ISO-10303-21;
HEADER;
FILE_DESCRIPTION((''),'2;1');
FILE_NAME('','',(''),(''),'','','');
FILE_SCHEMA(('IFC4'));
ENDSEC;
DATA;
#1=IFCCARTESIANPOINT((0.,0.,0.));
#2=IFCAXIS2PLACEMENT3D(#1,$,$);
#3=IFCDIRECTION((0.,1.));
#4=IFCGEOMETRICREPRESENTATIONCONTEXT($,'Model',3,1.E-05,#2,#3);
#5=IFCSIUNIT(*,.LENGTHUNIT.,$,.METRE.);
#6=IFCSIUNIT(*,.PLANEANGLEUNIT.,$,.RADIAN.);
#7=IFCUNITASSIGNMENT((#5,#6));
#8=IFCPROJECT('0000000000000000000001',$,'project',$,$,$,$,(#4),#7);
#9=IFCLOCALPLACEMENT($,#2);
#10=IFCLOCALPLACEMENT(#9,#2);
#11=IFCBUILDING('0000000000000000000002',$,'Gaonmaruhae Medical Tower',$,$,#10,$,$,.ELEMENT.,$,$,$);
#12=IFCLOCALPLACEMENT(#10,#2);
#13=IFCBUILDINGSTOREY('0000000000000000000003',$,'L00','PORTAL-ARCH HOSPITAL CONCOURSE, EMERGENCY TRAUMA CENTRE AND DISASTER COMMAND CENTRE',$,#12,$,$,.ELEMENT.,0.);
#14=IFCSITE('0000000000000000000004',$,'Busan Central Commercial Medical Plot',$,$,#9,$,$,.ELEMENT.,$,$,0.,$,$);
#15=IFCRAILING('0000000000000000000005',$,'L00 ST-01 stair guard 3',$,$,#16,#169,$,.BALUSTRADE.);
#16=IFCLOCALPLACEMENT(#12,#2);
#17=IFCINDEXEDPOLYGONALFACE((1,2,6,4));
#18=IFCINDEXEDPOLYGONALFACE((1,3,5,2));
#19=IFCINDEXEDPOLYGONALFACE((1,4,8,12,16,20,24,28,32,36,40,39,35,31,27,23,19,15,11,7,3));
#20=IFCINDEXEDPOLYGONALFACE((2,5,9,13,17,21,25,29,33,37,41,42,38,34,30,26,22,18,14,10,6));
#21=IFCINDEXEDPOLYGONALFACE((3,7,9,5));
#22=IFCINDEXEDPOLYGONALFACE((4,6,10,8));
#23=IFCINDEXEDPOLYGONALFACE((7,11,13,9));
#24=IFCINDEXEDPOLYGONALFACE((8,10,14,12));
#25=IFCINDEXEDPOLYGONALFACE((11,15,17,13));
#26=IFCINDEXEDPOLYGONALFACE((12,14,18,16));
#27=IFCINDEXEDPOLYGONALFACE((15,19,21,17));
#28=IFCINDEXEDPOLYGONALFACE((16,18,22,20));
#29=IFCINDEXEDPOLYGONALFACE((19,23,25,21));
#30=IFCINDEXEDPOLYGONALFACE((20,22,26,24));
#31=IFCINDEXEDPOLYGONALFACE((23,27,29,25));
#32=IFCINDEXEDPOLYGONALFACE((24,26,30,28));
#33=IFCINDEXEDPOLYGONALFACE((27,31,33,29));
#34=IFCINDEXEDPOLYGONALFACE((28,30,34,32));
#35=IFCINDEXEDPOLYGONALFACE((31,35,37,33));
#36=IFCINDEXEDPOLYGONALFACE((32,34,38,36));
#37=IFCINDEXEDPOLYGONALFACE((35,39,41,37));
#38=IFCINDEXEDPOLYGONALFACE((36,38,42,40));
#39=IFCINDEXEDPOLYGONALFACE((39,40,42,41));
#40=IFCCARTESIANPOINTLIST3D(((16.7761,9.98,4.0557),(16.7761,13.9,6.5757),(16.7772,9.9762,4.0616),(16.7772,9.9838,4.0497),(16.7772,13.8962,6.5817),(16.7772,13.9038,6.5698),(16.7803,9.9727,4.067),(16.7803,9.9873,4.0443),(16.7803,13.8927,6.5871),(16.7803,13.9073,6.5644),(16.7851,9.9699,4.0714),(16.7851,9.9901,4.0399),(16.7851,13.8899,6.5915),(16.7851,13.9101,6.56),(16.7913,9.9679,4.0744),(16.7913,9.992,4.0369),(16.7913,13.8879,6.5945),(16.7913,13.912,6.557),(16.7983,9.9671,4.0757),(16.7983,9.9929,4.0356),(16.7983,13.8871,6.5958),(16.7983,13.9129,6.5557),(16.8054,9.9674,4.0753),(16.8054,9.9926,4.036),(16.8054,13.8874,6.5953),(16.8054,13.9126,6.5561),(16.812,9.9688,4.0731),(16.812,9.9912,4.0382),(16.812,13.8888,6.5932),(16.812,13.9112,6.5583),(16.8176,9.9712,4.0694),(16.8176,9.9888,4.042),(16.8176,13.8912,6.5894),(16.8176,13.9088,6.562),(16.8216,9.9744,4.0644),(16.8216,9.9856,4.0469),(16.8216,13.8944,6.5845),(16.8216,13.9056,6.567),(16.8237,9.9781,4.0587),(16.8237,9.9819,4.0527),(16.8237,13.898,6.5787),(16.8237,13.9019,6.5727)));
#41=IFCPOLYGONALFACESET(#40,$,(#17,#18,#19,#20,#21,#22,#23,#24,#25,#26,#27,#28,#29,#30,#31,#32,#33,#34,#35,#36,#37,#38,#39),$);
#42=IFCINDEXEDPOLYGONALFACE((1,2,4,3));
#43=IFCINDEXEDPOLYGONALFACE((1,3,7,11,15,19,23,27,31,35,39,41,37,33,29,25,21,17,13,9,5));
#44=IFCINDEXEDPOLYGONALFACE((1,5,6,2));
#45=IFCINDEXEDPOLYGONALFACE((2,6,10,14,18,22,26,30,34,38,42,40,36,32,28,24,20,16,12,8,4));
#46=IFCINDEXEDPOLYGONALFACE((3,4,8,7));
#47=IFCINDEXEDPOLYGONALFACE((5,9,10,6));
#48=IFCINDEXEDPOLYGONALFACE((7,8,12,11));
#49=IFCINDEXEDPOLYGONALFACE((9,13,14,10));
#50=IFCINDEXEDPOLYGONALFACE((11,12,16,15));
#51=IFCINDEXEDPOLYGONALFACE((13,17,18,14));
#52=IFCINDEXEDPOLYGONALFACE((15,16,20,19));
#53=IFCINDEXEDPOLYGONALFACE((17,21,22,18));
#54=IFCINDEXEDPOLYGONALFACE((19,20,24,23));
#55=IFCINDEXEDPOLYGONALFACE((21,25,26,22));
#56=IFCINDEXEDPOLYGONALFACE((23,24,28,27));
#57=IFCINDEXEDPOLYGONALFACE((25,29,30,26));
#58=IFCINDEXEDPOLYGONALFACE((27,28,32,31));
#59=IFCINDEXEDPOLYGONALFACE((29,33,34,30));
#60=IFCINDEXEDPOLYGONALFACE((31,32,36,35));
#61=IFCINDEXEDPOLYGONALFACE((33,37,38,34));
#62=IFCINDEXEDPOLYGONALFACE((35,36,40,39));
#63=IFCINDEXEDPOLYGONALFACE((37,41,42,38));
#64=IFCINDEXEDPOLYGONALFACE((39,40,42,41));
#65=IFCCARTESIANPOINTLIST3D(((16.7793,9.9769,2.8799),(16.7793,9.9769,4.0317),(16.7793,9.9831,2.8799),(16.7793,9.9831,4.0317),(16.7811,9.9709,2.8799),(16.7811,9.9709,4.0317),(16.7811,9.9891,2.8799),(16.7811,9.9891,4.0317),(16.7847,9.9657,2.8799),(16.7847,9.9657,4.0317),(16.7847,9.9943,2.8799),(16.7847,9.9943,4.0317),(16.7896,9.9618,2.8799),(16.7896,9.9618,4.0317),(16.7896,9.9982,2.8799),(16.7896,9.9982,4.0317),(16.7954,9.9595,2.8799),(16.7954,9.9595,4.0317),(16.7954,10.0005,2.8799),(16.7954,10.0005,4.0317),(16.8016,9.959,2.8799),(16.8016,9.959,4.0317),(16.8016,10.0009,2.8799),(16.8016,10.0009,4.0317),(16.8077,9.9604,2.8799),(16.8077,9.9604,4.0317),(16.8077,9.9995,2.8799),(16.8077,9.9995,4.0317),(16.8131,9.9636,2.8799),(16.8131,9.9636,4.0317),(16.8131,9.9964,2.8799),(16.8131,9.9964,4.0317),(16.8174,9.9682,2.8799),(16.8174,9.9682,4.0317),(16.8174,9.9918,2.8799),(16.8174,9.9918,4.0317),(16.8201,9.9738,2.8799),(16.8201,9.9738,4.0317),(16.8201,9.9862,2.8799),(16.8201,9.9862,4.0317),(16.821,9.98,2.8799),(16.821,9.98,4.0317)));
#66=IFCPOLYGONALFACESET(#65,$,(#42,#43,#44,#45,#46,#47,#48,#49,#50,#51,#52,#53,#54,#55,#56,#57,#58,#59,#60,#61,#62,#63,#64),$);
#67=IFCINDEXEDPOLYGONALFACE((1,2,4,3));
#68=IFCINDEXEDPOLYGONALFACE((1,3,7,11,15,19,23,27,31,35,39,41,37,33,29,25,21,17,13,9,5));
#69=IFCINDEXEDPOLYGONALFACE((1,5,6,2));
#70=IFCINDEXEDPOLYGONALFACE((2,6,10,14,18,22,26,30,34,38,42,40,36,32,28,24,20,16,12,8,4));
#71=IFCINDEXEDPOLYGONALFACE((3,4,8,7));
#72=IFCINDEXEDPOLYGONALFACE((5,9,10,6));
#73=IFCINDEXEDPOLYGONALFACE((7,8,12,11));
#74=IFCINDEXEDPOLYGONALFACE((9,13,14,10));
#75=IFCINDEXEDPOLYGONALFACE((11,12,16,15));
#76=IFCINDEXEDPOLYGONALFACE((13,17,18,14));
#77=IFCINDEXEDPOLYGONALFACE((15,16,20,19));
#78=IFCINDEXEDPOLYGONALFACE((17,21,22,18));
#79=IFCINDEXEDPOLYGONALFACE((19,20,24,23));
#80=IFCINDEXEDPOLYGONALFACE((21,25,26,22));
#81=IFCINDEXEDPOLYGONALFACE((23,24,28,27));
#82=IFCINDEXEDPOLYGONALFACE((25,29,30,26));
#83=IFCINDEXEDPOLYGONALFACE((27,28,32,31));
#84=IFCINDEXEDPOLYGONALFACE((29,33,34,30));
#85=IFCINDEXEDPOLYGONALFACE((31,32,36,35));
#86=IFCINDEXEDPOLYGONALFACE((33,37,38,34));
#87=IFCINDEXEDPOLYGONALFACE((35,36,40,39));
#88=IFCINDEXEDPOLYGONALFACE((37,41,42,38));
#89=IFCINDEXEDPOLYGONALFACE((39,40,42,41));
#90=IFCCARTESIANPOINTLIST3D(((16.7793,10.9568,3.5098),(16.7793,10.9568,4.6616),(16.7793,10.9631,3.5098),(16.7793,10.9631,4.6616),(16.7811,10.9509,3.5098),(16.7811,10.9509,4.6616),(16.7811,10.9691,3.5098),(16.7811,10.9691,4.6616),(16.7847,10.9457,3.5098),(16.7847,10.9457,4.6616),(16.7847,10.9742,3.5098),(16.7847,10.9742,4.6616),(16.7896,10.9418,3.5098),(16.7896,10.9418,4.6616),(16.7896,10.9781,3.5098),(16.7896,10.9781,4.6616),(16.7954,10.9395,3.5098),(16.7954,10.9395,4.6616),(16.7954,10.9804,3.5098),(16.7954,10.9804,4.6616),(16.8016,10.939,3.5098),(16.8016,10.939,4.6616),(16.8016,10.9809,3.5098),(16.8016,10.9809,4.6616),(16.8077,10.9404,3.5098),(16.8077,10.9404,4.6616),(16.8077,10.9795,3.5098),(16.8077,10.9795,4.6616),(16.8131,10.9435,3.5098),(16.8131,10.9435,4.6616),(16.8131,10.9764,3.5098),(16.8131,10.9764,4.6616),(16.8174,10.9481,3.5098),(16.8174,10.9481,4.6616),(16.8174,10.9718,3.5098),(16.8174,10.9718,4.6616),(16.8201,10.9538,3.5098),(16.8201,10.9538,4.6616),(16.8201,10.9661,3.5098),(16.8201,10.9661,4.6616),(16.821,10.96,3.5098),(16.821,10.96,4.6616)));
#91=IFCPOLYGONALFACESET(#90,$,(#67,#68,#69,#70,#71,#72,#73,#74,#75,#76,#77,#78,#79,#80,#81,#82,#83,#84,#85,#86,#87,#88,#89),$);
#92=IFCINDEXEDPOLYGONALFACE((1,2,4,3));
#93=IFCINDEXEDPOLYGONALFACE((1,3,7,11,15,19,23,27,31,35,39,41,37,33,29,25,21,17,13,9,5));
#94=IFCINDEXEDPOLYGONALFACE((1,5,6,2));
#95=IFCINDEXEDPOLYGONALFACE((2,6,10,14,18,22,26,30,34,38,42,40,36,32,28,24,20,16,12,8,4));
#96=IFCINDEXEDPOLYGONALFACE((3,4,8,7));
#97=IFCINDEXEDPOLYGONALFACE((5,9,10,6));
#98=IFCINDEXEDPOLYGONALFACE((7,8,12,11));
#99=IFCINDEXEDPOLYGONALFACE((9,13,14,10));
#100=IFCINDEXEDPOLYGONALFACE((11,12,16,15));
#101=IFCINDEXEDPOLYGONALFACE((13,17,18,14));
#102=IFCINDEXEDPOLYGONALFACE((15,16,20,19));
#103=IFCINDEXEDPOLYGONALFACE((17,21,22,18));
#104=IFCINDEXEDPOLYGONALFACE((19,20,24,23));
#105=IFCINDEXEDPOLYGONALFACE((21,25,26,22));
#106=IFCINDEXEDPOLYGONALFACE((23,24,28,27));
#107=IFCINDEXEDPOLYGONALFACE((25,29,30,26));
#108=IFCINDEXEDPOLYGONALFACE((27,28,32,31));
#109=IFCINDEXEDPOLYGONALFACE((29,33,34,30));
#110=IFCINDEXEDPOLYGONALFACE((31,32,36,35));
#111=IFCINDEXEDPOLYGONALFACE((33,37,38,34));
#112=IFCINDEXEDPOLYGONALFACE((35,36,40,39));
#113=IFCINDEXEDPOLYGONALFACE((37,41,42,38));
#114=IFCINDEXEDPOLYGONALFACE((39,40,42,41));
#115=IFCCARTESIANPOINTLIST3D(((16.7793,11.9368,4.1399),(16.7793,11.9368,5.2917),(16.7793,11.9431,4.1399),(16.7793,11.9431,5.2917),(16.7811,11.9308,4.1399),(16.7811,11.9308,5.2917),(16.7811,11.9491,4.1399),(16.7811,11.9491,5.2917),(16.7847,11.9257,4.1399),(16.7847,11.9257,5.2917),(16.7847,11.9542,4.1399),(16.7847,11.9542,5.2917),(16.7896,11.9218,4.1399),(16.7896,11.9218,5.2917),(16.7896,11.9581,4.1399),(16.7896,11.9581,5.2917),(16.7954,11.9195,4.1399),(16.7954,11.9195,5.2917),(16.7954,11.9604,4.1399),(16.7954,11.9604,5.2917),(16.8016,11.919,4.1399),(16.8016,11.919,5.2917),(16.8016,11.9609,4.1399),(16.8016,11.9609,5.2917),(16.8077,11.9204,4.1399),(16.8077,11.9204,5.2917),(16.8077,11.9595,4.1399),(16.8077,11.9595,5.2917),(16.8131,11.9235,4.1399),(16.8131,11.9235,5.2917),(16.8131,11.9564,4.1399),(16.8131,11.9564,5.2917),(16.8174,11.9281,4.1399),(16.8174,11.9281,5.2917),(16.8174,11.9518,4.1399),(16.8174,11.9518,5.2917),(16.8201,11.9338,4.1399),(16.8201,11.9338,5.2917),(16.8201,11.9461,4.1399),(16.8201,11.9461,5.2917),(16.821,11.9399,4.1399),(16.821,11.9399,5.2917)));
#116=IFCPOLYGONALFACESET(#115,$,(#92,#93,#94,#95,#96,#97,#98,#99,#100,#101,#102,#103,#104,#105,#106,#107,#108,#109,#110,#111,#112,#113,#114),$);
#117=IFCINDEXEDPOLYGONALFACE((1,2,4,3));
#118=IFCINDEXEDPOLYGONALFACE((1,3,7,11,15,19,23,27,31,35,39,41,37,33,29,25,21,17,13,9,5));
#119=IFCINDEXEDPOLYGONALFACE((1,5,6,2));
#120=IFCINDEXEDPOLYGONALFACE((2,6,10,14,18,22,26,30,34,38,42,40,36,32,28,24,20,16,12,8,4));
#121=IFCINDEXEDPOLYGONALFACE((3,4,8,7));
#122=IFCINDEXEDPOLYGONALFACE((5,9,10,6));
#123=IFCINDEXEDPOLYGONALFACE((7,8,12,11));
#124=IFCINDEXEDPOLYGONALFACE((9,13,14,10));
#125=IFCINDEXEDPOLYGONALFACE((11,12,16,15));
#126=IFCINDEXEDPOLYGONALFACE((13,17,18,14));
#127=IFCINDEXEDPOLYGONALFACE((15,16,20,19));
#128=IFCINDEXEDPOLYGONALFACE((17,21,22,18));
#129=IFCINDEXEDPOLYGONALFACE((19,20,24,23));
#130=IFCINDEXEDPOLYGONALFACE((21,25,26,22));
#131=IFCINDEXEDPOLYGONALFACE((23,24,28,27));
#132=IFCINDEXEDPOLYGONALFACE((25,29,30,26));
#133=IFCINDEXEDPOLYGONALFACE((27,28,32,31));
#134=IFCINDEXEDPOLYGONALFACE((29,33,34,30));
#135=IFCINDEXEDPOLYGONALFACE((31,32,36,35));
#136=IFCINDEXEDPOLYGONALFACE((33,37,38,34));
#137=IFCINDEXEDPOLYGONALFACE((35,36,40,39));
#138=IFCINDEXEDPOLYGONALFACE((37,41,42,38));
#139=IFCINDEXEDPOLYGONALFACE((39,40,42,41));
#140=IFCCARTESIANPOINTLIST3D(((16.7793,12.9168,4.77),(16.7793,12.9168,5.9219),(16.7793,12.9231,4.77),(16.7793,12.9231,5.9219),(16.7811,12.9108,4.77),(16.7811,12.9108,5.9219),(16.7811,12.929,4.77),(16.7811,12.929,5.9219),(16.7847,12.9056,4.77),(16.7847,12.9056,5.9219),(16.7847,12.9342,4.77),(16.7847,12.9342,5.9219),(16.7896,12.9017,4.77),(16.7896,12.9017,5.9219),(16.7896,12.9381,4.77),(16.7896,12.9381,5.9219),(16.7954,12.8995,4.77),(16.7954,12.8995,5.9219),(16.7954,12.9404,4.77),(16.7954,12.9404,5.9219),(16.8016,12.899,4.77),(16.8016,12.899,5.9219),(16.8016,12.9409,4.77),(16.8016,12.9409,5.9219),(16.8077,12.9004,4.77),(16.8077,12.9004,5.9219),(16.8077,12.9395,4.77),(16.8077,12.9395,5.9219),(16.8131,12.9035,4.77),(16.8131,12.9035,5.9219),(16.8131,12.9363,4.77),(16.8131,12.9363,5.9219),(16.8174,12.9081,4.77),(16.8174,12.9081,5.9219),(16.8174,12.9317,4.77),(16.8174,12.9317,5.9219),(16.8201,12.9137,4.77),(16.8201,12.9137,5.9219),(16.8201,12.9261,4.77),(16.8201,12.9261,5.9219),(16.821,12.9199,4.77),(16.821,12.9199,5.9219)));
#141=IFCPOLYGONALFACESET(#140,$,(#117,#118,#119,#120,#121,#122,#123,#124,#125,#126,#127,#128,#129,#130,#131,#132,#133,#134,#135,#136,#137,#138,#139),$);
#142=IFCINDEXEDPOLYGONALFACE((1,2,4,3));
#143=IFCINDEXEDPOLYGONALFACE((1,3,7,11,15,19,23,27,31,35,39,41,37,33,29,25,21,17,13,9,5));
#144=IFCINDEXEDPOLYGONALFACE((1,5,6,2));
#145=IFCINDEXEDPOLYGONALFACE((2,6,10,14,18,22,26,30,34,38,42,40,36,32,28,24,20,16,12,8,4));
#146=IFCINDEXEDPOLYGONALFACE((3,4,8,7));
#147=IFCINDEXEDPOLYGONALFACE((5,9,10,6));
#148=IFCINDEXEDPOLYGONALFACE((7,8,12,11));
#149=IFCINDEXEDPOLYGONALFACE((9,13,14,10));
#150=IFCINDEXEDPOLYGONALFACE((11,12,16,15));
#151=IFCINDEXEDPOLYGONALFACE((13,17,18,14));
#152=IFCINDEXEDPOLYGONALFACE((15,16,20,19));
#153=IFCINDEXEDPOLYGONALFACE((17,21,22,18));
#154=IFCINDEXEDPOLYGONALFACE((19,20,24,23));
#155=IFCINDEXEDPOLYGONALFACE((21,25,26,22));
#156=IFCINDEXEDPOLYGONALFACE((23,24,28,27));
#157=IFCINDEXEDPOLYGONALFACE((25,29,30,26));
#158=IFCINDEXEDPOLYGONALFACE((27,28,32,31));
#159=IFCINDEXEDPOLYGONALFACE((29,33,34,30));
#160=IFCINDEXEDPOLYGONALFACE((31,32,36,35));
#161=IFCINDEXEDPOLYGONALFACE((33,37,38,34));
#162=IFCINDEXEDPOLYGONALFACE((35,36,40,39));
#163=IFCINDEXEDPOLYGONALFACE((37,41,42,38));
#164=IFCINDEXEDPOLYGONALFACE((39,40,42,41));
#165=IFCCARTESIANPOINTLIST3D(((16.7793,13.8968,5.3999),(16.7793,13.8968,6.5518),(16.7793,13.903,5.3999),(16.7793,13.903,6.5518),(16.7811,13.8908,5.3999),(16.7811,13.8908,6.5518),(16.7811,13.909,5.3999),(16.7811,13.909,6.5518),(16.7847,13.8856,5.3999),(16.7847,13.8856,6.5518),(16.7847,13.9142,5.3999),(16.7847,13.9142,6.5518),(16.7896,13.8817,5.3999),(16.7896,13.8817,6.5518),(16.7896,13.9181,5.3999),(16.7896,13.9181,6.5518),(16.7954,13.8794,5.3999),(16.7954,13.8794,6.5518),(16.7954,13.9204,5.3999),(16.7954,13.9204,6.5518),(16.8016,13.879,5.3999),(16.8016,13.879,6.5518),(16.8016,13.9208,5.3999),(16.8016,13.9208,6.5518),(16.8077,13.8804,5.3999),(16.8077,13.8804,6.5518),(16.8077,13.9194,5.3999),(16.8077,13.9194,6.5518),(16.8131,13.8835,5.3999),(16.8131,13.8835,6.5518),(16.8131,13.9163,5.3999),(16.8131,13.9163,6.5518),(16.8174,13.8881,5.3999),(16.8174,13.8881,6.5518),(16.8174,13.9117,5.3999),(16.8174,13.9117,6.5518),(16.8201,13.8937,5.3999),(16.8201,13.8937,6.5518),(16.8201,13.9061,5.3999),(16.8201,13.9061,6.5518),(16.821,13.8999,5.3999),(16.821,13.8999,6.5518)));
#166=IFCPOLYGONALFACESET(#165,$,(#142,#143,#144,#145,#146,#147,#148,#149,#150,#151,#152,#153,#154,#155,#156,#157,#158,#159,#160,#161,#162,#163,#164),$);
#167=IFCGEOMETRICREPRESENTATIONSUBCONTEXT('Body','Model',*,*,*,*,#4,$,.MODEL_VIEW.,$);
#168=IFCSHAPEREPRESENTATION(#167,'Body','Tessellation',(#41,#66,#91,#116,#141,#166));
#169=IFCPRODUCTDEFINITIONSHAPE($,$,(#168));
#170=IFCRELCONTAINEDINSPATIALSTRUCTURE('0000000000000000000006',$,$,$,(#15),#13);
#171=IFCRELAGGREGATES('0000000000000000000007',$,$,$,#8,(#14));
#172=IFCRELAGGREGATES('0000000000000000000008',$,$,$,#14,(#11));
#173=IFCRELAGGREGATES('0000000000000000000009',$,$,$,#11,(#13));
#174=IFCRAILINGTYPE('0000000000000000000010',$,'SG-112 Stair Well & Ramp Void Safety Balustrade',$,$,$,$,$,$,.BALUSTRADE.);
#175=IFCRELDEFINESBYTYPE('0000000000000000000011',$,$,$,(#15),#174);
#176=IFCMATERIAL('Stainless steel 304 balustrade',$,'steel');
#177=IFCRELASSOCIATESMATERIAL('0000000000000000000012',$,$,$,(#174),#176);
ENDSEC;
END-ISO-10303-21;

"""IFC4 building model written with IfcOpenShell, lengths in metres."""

from ifc_helpers import new_model, si_unit, direction, frame, origin, origin_2d, place, context, subcontext, project, spatial, circle, extrude, material, type_object, element, save


model = new_model("IFC4")

# Units and contexts
model_context = context("Model", 3, precision=1e-05, world=origin(), true_north=direction((0.0, 1.0)))
body_context = subcontext(model_context, "Body", "Model", "MODEL_VIEW")
ifc_project = project(units=[si_unit("LENGTHUNIT", "METRE"), si_unit("PLANEANGLEUNIT", "RADIAN")], contexts=[model_context])

# Site, building, storey
site_placement = place(None, origin())
site = spatial("IfcSite", under=ifc_project, at=site_placement, Name="Busan Central Commercial Medical Plot", CompositionType="ELEMENT", RefElevation=0.0)
building_placement = place(site_placement, origin())
building = spatial("IfcBuilding", under=site, at=building_placement, Name="Gaonmaruhae Medical Tower", CompositionType="ELEMENT")
storey_placement = place(building_placement, origin())
storey = spatial("IfcBuildingStorey", under=building, at=storey_placement, Name="L00", Description="PORTAL-ARCH HOSPITAL CONCOURSE, EMERGENCY TRAUMA CENTRE AND DISASTER COMMAND CENTRE", CompositionType="ELEMENT", Elevation=0.0)

# Railing
ifc_material_1 = material(Name="Stainless steel 304 balustrade", Category="steel")
railing_type_1 = type_object("IfcRailingType", Name="SG-112 Stair Well & Ramp Void Safety Balustrade", PredefinedType="BALUSTRADE", material=ifc_material_1)
railing_1_placement = place(storey_placement, frame((16.8, 9.98, 2.8799)))
element("IfcRailing", 1, at=railing_1_placement, inside=storey, type_object=railing_type_1, Name="L00 ST-01 stair guard 3", PredefinedType="BALUSTRADE", context=body_context, shape_type="SweptSolid", body=[
    extrude(circle(Radius=0.0239, at=origin_2d()), frame((0.0, 0.0, 1.1758), z_axis=(0.0, 0.841172, 0.540768), x_axis=(-1.0, 0.0, 0.0)), (0.0, 0.0, 1.0), 4.6602),
    extrude(circle(Radius=0.021, at=origin_2d()), origin(), (0.0, 0.0, 1.0), 1.1519),
    extrude(circle(Radius=0.021, at=origin_2d()), frame((0.0, 0.98, 0.6299)), (0.0, 0.0, 1.0), 1.1519),
    extrude(circle(Radius=0.021, at=origin_2d()), frame((0.0, 1.96, 1.26)), (0.0, 0.0, 1.0), 1.1519),
    extrude(circle(Radius=0.021, at=origin_2d()), frame((0.0, 2.9399, 1.8901)), (0.0, 0.0, 1.0), 1.1519),
    extrude(circle(Radius=0.021, at=origin_2d()), frame((0.0, 3.9199, 2.52)), (0.0, 0.0, 1.0), 1.1519),
])

save(model, "model.ifc")
